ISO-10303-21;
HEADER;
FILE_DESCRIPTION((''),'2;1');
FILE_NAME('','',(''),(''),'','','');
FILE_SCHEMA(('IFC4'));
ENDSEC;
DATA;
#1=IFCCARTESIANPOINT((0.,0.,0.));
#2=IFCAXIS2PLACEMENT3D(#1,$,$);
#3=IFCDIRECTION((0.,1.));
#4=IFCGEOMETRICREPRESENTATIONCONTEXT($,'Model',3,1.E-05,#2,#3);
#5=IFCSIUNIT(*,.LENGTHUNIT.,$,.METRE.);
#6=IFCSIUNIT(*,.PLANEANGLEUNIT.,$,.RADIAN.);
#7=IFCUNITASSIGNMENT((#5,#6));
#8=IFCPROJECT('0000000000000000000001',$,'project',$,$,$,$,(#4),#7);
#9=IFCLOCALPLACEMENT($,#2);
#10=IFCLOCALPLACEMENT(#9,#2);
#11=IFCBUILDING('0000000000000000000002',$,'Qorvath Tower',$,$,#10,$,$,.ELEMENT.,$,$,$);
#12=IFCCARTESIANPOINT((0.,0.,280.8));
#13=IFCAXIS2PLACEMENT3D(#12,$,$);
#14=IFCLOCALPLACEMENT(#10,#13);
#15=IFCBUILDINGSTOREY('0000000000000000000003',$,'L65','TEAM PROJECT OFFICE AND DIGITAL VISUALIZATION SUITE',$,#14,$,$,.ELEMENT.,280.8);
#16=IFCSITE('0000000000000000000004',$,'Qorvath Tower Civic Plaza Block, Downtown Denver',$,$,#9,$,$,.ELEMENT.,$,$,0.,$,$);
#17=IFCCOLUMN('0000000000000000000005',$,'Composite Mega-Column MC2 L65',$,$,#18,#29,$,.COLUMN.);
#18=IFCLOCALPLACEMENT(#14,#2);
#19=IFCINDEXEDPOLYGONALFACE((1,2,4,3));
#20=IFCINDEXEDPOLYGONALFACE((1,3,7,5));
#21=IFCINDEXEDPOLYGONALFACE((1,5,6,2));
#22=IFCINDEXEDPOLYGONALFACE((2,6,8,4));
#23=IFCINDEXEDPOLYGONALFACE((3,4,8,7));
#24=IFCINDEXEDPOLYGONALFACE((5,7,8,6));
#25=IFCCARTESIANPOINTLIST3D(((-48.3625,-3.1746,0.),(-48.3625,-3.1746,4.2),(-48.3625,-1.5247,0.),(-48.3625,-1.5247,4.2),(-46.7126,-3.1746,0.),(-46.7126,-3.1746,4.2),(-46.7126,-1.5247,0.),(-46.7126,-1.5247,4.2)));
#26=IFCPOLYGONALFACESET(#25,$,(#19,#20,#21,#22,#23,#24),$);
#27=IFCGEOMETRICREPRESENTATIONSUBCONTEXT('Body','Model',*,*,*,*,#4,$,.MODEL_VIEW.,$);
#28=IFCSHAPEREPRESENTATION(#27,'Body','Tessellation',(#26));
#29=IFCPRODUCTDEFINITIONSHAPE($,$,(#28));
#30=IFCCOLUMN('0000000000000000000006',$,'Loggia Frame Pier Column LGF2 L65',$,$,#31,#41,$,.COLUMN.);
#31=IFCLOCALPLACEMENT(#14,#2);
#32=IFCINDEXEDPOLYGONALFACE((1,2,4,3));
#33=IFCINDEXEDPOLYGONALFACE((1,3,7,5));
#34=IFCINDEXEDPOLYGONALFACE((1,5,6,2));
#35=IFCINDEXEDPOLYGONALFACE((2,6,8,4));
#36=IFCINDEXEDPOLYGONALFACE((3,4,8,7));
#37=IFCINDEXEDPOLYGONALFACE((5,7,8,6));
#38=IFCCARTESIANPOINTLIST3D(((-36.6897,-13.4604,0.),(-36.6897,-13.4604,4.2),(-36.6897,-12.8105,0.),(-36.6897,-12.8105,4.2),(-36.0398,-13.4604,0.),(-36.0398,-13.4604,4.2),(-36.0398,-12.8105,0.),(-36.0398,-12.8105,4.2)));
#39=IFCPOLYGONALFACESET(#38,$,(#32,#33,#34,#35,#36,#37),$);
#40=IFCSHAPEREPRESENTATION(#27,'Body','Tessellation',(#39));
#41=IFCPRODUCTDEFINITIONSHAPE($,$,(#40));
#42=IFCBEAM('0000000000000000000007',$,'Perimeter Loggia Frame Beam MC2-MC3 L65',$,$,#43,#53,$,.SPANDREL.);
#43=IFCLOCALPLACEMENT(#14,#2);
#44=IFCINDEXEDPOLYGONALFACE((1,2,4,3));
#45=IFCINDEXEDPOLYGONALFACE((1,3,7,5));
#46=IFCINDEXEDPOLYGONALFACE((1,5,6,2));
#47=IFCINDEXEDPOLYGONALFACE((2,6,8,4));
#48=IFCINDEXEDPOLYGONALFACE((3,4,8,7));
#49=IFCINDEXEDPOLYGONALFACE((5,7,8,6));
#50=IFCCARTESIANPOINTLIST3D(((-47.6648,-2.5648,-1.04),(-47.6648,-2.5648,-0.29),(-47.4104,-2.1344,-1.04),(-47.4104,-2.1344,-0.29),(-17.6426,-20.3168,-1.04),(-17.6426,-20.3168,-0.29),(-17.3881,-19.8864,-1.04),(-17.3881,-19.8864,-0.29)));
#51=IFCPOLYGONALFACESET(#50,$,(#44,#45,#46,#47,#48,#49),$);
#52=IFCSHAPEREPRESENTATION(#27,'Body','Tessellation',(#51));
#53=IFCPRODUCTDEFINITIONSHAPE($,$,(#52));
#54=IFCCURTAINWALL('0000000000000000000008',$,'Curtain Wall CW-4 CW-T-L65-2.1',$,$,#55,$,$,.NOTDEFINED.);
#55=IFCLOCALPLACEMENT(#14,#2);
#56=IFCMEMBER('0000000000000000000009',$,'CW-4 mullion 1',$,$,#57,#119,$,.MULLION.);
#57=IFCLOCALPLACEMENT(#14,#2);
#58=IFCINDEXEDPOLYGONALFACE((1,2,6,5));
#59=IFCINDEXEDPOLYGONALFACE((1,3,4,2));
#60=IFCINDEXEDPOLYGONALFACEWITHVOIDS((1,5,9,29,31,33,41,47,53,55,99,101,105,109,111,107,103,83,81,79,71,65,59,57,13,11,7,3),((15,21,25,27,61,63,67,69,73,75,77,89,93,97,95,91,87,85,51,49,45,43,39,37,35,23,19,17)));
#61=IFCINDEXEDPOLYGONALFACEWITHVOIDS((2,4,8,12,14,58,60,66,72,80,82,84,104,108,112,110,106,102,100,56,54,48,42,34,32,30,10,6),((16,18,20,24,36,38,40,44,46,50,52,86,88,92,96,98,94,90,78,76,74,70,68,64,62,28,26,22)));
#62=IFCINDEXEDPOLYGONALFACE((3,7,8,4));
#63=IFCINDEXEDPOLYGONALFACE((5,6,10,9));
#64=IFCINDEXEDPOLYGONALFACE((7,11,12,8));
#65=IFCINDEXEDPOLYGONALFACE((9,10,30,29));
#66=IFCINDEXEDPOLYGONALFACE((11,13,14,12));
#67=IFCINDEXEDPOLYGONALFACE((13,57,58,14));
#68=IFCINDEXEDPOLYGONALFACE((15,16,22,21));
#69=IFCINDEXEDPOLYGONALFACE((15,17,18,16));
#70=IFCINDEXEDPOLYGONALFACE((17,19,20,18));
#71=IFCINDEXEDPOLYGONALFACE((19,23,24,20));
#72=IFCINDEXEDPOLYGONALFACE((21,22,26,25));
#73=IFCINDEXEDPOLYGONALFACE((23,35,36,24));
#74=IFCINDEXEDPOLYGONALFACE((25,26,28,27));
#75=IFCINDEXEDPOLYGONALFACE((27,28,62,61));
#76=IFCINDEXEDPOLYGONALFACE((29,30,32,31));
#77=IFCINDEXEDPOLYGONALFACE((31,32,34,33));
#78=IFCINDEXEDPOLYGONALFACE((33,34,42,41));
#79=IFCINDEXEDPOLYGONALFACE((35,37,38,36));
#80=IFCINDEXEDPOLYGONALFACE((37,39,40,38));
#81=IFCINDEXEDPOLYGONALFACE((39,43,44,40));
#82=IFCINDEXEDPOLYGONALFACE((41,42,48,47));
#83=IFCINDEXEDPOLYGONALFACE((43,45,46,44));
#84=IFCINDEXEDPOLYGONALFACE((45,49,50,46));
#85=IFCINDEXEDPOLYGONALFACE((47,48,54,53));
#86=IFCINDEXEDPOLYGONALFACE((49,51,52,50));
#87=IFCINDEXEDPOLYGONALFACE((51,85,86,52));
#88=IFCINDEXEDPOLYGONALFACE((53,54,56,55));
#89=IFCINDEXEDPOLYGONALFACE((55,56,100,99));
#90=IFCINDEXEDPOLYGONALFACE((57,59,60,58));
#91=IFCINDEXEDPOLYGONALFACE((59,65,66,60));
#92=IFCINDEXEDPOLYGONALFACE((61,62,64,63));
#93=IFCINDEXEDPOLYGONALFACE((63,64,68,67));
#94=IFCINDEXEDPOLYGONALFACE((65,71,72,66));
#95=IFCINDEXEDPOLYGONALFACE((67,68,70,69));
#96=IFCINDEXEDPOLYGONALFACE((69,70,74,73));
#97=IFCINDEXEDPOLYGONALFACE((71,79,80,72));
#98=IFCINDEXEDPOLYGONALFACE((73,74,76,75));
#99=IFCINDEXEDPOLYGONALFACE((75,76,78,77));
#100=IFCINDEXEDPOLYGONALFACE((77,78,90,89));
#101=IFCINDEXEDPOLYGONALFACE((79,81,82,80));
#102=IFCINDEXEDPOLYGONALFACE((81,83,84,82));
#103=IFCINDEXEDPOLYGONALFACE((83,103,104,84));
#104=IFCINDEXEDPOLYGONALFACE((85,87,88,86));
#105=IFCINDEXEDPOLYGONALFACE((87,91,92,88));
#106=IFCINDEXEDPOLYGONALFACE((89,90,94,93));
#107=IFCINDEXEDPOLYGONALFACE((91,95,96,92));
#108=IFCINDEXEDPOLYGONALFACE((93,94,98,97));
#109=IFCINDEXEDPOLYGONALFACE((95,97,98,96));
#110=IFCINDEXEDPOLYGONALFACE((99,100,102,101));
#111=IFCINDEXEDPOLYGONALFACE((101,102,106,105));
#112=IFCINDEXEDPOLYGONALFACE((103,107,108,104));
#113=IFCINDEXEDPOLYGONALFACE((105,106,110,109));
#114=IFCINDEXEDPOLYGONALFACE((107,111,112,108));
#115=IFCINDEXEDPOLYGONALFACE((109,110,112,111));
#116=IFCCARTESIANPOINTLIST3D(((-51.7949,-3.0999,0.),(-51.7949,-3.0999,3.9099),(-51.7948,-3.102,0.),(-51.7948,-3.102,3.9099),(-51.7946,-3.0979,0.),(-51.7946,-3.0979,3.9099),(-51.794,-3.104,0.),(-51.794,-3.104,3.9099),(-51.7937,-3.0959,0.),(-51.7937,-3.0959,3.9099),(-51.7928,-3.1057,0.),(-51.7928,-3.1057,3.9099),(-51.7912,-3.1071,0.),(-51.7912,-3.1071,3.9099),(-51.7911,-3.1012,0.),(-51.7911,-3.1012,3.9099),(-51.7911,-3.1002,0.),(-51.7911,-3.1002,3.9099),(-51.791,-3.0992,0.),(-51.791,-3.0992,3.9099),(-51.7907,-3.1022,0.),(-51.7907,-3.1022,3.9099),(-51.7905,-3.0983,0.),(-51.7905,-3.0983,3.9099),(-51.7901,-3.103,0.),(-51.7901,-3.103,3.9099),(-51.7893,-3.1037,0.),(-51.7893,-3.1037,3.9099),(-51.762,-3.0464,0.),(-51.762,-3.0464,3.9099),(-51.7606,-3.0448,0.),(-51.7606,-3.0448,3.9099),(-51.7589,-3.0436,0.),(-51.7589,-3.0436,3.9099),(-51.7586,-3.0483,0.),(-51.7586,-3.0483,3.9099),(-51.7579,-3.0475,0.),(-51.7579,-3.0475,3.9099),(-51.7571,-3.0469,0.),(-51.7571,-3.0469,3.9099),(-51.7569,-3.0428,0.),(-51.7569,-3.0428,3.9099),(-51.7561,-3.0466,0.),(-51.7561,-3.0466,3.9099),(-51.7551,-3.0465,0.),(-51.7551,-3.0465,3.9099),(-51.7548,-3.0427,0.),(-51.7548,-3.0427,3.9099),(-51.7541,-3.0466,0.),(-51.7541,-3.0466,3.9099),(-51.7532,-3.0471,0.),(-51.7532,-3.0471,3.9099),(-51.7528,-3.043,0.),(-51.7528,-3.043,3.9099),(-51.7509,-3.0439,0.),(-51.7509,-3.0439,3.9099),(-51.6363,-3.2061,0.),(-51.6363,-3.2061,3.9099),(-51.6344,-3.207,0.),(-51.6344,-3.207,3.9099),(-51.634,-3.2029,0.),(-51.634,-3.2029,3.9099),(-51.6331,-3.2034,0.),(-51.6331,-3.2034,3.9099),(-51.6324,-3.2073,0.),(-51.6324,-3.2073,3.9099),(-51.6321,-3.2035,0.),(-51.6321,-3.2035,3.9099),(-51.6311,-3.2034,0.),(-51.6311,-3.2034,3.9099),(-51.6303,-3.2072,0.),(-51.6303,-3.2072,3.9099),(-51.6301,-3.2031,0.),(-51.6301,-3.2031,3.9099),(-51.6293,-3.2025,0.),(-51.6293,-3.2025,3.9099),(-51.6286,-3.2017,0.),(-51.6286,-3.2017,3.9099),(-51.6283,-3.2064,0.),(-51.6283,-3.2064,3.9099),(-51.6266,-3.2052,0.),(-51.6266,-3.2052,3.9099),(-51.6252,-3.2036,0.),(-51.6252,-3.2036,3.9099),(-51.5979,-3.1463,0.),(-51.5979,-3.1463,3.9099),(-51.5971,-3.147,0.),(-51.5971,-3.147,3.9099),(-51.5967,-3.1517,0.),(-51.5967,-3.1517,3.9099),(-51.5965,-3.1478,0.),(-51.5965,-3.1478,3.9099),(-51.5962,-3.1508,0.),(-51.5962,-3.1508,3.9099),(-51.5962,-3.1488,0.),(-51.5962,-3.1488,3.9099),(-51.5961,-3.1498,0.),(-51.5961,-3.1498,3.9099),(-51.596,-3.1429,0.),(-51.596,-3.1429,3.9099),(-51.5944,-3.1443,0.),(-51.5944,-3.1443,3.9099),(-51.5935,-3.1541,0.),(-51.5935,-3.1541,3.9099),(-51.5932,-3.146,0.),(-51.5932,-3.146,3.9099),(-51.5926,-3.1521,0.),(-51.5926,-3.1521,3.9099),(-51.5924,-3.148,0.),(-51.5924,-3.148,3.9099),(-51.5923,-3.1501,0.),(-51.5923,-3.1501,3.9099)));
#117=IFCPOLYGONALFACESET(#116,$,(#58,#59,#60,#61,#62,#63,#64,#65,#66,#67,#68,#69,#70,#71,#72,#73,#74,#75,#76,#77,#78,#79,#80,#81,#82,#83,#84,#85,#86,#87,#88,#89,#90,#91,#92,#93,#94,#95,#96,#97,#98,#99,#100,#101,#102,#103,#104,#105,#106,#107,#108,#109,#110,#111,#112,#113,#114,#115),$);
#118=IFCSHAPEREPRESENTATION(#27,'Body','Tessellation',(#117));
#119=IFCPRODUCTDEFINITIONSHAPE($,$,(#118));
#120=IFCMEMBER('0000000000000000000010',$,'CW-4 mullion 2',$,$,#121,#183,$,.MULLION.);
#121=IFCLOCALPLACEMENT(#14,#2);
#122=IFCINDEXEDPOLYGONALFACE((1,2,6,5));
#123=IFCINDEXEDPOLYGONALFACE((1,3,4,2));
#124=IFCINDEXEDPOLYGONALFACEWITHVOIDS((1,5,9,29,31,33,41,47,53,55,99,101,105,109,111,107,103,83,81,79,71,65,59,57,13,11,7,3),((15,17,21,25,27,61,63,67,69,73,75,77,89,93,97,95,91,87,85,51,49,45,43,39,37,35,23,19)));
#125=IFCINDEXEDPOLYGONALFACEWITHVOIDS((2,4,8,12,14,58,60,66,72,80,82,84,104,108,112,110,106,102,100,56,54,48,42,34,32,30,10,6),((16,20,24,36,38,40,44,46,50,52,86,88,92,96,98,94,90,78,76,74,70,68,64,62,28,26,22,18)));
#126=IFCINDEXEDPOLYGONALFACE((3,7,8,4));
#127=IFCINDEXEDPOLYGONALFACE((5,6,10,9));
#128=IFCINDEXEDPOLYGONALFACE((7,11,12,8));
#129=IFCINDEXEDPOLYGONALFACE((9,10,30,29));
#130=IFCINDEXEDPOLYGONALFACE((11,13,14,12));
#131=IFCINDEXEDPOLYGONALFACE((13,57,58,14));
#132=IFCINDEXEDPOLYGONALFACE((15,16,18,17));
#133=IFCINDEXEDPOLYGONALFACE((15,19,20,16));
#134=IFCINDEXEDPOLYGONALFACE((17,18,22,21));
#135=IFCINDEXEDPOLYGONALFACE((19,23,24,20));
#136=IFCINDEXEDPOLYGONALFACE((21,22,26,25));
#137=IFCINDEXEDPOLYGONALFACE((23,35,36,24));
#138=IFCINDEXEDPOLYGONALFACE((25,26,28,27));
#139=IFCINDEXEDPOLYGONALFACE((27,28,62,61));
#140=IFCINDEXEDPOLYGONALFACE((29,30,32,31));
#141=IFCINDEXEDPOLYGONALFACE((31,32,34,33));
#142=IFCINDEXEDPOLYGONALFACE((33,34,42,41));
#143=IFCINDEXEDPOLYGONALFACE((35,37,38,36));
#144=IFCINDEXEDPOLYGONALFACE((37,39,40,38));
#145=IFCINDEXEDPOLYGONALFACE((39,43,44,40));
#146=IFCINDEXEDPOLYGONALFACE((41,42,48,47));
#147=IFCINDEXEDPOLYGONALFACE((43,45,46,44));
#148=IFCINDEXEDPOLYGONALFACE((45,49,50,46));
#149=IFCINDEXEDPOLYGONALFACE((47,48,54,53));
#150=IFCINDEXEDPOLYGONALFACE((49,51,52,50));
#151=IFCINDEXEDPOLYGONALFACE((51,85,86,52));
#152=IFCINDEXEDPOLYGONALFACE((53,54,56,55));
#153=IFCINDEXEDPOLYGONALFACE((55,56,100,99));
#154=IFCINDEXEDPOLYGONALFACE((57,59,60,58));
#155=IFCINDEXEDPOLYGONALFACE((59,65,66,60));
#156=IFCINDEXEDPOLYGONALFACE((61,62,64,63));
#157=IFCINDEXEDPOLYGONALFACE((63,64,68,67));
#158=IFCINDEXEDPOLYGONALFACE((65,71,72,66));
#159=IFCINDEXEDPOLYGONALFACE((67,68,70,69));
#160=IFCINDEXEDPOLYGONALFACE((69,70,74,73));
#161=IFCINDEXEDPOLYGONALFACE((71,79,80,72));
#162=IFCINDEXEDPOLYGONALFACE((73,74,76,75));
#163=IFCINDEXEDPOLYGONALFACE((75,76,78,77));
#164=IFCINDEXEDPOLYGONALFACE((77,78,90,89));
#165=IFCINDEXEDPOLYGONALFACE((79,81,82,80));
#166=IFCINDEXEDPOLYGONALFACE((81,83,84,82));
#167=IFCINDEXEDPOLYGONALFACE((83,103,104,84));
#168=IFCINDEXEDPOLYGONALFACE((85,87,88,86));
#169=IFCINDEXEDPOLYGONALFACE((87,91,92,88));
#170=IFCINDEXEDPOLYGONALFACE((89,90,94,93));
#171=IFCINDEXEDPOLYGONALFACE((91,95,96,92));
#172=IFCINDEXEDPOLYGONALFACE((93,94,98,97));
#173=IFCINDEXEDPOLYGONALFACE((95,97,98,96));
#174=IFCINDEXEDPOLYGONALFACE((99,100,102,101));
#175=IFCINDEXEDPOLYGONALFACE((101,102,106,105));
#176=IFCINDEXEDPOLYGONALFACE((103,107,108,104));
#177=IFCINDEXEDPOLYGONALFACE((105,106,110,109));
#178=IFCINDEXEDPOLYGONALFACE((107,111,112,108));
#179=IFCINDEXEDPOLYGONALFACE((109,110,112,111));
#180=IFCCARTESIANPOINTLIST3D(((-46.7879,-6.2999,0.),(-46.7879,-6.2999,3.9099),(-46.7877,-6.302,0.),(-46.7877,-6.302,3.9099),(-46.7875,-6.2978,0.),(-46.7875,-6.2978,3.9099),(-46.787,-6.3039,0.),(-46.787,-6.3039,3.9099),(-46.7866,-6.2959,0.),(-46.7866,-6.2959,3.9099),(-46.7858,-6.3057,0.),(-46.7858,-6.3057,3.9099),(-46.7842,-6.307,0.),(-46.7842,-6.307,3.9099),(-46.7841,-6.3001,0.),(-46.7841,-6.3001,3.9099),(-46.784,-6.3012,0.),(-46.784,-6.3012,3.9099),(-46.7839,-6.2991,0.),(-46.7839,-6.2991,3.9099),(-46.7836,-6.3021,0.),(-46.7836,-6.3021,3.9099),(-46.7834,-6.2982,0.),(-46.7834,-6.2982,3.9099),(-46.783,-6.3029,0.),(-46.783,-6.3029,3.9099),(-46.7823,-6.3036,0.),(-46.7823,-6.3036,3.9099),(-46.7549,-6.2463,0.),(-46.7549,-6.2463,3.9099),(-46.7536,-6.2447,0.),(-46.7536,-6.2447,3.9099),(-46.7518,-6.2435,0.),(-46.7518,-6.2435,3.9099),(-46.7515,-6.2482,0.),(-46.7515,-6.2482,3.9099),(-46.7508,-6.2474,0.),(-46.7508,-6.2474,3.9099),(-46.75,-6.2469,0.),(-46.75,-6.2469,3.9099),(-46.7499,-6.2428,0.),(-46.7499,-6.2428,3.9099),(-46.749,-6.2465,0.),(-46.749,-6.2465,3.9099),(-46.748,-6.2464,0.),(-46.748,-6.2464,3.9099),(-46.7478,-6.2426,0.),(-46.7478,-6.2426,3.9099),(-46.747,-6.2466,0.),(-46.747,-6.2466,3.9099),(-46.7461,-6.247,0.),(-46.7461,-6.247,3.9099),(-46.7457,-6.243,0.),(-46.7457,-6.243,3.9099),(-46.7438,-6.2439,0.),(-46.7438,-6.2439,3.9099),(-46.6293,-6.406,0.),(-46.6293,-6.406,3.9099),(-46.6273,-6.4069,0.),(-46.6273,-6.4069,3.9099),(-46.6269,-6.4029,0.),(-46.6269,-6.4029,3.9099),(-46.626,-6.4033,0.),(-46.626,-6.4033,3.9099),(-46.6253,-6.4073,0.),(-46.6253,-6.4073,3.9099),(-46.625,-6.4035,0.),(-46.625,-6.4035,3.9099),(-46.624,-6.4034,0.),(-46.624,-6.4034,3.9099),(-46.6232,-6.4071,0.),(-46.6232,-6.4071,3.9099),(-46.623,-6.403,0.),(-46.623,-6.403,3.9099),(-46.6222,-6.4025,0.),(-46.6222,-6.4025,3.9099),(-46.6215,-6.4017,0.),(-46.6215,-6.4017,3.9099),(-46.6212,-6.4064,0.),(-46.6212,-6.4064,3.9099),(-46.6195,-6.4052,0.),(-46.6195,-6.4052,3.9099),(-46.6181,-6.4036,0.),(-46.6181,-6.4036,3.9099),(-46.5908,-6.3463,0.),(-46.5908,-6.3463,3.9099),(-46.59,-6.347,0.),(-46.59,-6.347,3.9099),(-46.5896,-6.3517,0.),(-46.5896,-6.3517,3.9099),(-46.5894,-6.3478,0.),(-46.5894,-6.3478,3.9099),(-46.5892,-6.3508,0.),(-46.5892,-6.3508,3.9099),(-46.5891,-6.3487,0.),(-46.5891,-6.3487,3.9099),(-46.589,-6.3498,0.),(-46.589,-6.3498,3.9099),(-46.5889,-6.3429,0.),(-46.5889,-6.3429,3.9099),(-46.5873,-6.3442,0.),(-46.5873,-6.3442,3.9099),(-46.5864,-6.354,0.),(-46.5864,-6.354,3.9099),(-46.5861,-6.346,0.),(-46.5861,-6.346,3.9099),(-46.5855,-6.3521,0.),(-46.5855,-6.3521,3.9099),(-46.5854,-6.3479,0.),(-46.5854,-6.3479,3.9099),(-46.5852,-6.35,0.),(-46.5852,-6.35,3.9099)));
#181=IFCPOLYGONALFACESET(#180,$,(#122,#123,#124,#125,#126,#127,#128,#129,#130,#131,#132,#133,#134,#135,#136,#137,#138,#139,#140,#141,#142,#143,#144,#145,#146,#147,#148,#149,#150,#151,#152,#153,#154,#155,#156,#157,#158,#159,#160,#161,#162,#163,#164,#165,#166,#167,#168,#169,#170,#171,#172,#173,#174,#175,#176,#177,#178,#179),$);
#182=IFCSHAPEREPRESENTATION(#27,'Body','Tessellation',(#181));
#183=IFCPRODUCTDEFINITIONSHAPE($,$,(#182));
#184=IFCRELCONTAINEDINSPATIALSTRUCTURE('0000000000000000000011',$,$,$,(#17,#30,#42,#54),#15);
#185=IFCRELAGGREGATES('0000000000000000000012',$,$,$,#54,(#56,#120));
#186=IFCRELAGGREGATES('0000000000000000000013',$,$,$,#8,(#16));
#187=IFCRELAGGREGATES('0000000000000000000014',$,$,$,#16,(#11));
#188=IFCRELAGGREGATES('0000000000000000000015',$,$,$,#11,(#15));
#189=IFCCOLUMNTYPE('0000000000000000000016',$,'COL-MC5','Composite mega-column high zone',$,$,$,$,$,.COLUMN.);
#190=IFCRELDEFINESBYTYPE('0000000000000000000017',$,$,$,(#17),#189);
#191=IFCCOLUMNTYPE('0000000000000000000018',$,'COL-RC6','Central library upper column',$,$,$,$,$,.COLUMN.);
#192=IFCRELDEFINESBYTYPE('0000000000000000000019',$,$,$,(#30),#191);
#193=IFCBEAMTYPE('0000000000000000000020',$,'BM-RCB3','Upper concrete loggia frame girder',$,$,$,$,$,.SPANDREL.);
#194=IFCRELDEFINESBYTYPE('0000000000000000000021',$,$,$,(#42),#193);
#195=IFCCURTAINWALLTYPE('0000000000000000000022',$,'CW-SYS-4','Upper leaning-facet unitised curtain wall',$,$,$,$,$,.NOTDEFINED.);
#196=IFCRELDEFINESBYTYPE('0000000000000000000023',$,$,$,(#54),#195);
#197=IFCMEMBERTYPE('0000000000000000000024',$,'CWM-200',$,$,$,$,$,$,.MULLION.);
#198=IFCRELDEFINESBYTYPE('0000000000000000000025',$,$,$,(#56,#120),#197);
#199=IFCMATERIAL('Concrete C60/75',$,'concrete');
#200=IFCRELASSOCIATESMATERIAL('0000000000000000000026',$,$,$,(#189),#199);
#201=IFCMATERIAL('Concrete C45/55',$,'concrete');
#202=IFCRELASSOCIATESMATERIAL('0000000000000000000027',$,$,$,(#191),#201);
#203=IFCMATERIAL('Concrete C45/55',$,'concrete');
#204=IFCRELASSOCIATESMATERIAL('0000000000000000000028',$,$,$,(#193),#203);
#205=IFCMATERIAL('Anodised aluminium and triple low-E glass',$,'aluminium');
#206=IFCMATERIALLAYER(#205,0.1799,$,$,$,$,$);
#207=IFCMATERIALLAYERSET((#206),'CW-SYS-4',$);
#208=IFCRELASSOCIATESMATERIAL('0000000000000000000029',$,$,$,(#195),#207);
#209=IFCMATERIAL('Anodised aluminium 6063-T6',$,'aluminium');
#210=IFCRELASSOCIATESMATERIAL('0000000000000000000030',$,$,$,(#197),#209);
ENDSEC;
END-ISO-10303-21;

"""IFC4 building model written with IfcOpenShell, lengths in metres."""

from ifc_helpers import new_model, si_unit, direction, frame, origin, origin_2d, place, context, subcontext, project, spatial, rectangle, hollow_rectangle, extrude, material, layer, layer_set, material_profile, profile_set, type_object, element, aggregate, save


model = new_model("IFC4")

# Units and contexts
model_context = context("Model", 3, precision=1e-05, world=origin(), true_north=direction((0.0, 1.0)))
body_context = subcontext(model_context, "Body", "Model", "MODEL_VIEW")
ifc_project = project(units=[si_unit("LENGTHUNIT", "METRE"), si_unit("PLANEANGLEUNIT", "RADIAN")], contexts=[model_context])

# Site, building, storey
site_placement = place(None, origin())
site = spatial("IfcSite", under=ifc_project, at=site_placement, Name="Qorvath Tower Civic Plaza Block, Downtown Denver", CompositionType="ELEMENT", RefElevation=0.0)
building_placement = place(site_placement, origin())
building = spatial("IfcBuilding", under=site, at=building_placement, Name="Qorvath Tower", CompositionType="ELEMENT")
storey_placement = place(building_placement, frame((0.0, 0.0, 280.8)))
storey = spatial("IfcBuildingStorey", under=building, at=storey_placement, Name="L65", Description="TEAM PROJECT OFFICE AND DIGITAL VISUALIZATION SUITE", CompositionType="ELEMENT", Elevation=280.8)

# Columns
ifc_material_1 = material(Name="Concrete C60/75", Category="concrete")
ifc_material_profile_1 = material_profile(ifc_material_1, rectangle(XDim=1.6499, YDim=1.6499, at=origin_2d()), Name="MC 1650x1650")
ifc_profile_set_1 = profile_set([ifc_material_profile_1], Name="Concrete C60/75")
column_type_1 = type_object("IfcColumnType", Name="COL-MC5", Description="Composite mega-column high zone", PredefinedType="COLUMN", material=ifc_profile_set_1)
column_1_placement = place(storey_placement, frame((-47.5376, -2.3496, 0.0), z_axis=(0.0, 0.0, 1.0), x_axis=(1.0, 0.0, 0.0)))
element("IfcColumn", 1, at=column_1_placement, inside=storey, type_object=column_type_1, Name="Composite Mega-Column MC2 L65", PredefinedType="COLUMN", context=body_context, shape_type="SweptSolid", body=[
    extrude(rectangle(XDim=1.6499, YDim=1.6499, at=origin_2d()), origin(), (0.0, 0.0, 1.0), 4.2),
])
ifc_material_2 = material(Name="Concrete C45/55", Category="concrete")
ifc_material_profile_2 = material_profile(ifc_material_2, rectangle(XDim=0.6499, YDim=0.6499, at=origin_2d()), Name="RC 650x650")
ifc_profile_set_2 = profile_set([ifc_material_profile_2], Name="Concrete C45/55")
column_type_2 = type_object("IfcColumnType", Name="COL-RC6", Description="Central library upper column", PredefinedType="COLUMN", material=ifc_profile_set_2)
column_2_placement = place(storey_placement, frame((-36.3647, -13.1355, 0.0), z_axis=(0.0, 0.0, 1.0), x_axis=(1.0, 0.0, 0.0)))
element("IfcColumn", 2, at=column_2_placement, inside=storey, type_object=column_type_2, Name="Loggia Frame Pier Column LGF2 L65", PredefinedType="COLUMN", context=body_context, shape_type="SweptSolid", body=[
    extrude(rectangle(XDim=0.6499, YDim=0.6499, at=origin_2d()), origin(), (0.0, 0.0, 1.0), 4.2),
])

# Beam
ifc_material_3 = material(Name="Concrete C45/55", Category="concrete")
ifc_material_profile_3 = material_profile(ifc_material_3, rectangle(XDim=0.5, YDim=0.75, at=origin_2d()), Name="RCB 750x500")
ifc_profile_set_3 = profile_set([ifc_material_profile_3], Name="Concrete C45/55")
beam_type = type_object("IfcBeamType", Name="BM-RCB3", Description="Upper concrete loggia frame girder", PredefinedType="SPANDREL", material=ifc_profile_set_3)
beam_placement = place(storey_placement, frame((-47.5376, -2.3496, -0.665), z_axis=(0.860781, -0.508975, 0.0), x_axis=(0.508975, 0.860781, 0.0)))
element("IfcBeam", 3, at=beam_placement, inside=storey, type_object=beam_type, Name="Perimeter Loggia Frame Beam MC2-MC3 L65", PredefinedType="SPANDREL", context=body_context, shape_type="SweptSolid", body=[
    extrude(rectangle(XDim=0.5, YDim=0.75, at=origin_2d()), origin(), (0.0, 0.0, 1.0), 34.8779),
])

# Curtain wall, members
ifc_material_4 = material(Name="Anodised aluminium and triple low-E glass", Category="aluminium")
ifc_layer_1 = layer(ifc_material_4, 0.1799)
ifc_layer_set_1 = layer_set([ifc_layer_1], Name="CW-SYS-4")
curtain_wall_type = type_object("IfcCurtainWallType", Name="CW-SYS-4", Description="Upper leaning-facet unitised curtain wall", PredefinedType="NOTDEFINED", material=ifc_layer_set_1)
curtain_wall_placement = place(storey_placement, origin())
curtain_wall = element("IfcCurtainWall", 4, at=curtain_wall_placement, inside=storey, type_object=curtain_wall_type, Name="Curtain Wall CW-4 CW-T-L65-2.1", PredefinedType="NOTDEFINED")
ifc_material_5 = material(Name="Anodised aluminium 6063-T6", Category="aluminium")
ifc_material_profile_4 = material_profile(ifc_material_5, hollow_rectangle(XDim=0.075, YDim=0.2, WallThickness=0.0039, InnerFilletRadius=0.0039, OuterFilletRadius=0.0081, at=origin_2d()), Name="CWM 200x75")
ifc_profile_set_4 = profile_set([ifc_material_profile_4], Name="Anodised aluminium 6063-T6")
member_type_1 = type_object("IfcMemberType", Name="CWM-200", PredefinedType="MULLION", material=ifc_profile_set_4)
member_1_placement = place(storey_placement, frame((-51.6936, -3.125, 0.0), z_axis=(0.0, 0.0, 1.0), x_axis=(0.538531, 0.842606, 0.0)))
member_1 = element("IfcMember", 5, at=member_1_placement, type_object=member_type_1, Name="CW-4 mullion 1", PredefinedType="MULLION", context=body_context, shape_type="SweptSolid", body=[
    extrude(hollow_rectangle(XDim=0.075, YDim=0.2, WallThickness=0.0039, InnerFilletRadius=0.0039, OuterFilletRadius=0.0081, at=origin_2d()), origin(), (0.0, 0.0, 1.0), 3.9099),
])
member_2_placement = place(storey_placement, frame((-46.6865, -6.325, 0.0), z_axis=(0.0, 0.0, 1.0), x_axis=(0.538531, 0.842606, 0.0)))
member_2 = element("IfcMember", 6, at=member_2_placement, type_object=member_type_1, Name="CW-4 mullion 2", PredefinedType="MULLION", context=body_context, shape_type="SweptSolid", body=[
    extrude(hollow_rectangle(XDim=0.075, YDim=0.2, WallThickness=0.0039, InnerFilletRadius=0.0039, OuterFilletRadius=0.0081, at=origin_2d()), origin(), (0.0, 0.0, 1.0), 3.9099),
])
aggregate(curtain_wall, [member_1, member_2])

save(model, "model.ifc")
